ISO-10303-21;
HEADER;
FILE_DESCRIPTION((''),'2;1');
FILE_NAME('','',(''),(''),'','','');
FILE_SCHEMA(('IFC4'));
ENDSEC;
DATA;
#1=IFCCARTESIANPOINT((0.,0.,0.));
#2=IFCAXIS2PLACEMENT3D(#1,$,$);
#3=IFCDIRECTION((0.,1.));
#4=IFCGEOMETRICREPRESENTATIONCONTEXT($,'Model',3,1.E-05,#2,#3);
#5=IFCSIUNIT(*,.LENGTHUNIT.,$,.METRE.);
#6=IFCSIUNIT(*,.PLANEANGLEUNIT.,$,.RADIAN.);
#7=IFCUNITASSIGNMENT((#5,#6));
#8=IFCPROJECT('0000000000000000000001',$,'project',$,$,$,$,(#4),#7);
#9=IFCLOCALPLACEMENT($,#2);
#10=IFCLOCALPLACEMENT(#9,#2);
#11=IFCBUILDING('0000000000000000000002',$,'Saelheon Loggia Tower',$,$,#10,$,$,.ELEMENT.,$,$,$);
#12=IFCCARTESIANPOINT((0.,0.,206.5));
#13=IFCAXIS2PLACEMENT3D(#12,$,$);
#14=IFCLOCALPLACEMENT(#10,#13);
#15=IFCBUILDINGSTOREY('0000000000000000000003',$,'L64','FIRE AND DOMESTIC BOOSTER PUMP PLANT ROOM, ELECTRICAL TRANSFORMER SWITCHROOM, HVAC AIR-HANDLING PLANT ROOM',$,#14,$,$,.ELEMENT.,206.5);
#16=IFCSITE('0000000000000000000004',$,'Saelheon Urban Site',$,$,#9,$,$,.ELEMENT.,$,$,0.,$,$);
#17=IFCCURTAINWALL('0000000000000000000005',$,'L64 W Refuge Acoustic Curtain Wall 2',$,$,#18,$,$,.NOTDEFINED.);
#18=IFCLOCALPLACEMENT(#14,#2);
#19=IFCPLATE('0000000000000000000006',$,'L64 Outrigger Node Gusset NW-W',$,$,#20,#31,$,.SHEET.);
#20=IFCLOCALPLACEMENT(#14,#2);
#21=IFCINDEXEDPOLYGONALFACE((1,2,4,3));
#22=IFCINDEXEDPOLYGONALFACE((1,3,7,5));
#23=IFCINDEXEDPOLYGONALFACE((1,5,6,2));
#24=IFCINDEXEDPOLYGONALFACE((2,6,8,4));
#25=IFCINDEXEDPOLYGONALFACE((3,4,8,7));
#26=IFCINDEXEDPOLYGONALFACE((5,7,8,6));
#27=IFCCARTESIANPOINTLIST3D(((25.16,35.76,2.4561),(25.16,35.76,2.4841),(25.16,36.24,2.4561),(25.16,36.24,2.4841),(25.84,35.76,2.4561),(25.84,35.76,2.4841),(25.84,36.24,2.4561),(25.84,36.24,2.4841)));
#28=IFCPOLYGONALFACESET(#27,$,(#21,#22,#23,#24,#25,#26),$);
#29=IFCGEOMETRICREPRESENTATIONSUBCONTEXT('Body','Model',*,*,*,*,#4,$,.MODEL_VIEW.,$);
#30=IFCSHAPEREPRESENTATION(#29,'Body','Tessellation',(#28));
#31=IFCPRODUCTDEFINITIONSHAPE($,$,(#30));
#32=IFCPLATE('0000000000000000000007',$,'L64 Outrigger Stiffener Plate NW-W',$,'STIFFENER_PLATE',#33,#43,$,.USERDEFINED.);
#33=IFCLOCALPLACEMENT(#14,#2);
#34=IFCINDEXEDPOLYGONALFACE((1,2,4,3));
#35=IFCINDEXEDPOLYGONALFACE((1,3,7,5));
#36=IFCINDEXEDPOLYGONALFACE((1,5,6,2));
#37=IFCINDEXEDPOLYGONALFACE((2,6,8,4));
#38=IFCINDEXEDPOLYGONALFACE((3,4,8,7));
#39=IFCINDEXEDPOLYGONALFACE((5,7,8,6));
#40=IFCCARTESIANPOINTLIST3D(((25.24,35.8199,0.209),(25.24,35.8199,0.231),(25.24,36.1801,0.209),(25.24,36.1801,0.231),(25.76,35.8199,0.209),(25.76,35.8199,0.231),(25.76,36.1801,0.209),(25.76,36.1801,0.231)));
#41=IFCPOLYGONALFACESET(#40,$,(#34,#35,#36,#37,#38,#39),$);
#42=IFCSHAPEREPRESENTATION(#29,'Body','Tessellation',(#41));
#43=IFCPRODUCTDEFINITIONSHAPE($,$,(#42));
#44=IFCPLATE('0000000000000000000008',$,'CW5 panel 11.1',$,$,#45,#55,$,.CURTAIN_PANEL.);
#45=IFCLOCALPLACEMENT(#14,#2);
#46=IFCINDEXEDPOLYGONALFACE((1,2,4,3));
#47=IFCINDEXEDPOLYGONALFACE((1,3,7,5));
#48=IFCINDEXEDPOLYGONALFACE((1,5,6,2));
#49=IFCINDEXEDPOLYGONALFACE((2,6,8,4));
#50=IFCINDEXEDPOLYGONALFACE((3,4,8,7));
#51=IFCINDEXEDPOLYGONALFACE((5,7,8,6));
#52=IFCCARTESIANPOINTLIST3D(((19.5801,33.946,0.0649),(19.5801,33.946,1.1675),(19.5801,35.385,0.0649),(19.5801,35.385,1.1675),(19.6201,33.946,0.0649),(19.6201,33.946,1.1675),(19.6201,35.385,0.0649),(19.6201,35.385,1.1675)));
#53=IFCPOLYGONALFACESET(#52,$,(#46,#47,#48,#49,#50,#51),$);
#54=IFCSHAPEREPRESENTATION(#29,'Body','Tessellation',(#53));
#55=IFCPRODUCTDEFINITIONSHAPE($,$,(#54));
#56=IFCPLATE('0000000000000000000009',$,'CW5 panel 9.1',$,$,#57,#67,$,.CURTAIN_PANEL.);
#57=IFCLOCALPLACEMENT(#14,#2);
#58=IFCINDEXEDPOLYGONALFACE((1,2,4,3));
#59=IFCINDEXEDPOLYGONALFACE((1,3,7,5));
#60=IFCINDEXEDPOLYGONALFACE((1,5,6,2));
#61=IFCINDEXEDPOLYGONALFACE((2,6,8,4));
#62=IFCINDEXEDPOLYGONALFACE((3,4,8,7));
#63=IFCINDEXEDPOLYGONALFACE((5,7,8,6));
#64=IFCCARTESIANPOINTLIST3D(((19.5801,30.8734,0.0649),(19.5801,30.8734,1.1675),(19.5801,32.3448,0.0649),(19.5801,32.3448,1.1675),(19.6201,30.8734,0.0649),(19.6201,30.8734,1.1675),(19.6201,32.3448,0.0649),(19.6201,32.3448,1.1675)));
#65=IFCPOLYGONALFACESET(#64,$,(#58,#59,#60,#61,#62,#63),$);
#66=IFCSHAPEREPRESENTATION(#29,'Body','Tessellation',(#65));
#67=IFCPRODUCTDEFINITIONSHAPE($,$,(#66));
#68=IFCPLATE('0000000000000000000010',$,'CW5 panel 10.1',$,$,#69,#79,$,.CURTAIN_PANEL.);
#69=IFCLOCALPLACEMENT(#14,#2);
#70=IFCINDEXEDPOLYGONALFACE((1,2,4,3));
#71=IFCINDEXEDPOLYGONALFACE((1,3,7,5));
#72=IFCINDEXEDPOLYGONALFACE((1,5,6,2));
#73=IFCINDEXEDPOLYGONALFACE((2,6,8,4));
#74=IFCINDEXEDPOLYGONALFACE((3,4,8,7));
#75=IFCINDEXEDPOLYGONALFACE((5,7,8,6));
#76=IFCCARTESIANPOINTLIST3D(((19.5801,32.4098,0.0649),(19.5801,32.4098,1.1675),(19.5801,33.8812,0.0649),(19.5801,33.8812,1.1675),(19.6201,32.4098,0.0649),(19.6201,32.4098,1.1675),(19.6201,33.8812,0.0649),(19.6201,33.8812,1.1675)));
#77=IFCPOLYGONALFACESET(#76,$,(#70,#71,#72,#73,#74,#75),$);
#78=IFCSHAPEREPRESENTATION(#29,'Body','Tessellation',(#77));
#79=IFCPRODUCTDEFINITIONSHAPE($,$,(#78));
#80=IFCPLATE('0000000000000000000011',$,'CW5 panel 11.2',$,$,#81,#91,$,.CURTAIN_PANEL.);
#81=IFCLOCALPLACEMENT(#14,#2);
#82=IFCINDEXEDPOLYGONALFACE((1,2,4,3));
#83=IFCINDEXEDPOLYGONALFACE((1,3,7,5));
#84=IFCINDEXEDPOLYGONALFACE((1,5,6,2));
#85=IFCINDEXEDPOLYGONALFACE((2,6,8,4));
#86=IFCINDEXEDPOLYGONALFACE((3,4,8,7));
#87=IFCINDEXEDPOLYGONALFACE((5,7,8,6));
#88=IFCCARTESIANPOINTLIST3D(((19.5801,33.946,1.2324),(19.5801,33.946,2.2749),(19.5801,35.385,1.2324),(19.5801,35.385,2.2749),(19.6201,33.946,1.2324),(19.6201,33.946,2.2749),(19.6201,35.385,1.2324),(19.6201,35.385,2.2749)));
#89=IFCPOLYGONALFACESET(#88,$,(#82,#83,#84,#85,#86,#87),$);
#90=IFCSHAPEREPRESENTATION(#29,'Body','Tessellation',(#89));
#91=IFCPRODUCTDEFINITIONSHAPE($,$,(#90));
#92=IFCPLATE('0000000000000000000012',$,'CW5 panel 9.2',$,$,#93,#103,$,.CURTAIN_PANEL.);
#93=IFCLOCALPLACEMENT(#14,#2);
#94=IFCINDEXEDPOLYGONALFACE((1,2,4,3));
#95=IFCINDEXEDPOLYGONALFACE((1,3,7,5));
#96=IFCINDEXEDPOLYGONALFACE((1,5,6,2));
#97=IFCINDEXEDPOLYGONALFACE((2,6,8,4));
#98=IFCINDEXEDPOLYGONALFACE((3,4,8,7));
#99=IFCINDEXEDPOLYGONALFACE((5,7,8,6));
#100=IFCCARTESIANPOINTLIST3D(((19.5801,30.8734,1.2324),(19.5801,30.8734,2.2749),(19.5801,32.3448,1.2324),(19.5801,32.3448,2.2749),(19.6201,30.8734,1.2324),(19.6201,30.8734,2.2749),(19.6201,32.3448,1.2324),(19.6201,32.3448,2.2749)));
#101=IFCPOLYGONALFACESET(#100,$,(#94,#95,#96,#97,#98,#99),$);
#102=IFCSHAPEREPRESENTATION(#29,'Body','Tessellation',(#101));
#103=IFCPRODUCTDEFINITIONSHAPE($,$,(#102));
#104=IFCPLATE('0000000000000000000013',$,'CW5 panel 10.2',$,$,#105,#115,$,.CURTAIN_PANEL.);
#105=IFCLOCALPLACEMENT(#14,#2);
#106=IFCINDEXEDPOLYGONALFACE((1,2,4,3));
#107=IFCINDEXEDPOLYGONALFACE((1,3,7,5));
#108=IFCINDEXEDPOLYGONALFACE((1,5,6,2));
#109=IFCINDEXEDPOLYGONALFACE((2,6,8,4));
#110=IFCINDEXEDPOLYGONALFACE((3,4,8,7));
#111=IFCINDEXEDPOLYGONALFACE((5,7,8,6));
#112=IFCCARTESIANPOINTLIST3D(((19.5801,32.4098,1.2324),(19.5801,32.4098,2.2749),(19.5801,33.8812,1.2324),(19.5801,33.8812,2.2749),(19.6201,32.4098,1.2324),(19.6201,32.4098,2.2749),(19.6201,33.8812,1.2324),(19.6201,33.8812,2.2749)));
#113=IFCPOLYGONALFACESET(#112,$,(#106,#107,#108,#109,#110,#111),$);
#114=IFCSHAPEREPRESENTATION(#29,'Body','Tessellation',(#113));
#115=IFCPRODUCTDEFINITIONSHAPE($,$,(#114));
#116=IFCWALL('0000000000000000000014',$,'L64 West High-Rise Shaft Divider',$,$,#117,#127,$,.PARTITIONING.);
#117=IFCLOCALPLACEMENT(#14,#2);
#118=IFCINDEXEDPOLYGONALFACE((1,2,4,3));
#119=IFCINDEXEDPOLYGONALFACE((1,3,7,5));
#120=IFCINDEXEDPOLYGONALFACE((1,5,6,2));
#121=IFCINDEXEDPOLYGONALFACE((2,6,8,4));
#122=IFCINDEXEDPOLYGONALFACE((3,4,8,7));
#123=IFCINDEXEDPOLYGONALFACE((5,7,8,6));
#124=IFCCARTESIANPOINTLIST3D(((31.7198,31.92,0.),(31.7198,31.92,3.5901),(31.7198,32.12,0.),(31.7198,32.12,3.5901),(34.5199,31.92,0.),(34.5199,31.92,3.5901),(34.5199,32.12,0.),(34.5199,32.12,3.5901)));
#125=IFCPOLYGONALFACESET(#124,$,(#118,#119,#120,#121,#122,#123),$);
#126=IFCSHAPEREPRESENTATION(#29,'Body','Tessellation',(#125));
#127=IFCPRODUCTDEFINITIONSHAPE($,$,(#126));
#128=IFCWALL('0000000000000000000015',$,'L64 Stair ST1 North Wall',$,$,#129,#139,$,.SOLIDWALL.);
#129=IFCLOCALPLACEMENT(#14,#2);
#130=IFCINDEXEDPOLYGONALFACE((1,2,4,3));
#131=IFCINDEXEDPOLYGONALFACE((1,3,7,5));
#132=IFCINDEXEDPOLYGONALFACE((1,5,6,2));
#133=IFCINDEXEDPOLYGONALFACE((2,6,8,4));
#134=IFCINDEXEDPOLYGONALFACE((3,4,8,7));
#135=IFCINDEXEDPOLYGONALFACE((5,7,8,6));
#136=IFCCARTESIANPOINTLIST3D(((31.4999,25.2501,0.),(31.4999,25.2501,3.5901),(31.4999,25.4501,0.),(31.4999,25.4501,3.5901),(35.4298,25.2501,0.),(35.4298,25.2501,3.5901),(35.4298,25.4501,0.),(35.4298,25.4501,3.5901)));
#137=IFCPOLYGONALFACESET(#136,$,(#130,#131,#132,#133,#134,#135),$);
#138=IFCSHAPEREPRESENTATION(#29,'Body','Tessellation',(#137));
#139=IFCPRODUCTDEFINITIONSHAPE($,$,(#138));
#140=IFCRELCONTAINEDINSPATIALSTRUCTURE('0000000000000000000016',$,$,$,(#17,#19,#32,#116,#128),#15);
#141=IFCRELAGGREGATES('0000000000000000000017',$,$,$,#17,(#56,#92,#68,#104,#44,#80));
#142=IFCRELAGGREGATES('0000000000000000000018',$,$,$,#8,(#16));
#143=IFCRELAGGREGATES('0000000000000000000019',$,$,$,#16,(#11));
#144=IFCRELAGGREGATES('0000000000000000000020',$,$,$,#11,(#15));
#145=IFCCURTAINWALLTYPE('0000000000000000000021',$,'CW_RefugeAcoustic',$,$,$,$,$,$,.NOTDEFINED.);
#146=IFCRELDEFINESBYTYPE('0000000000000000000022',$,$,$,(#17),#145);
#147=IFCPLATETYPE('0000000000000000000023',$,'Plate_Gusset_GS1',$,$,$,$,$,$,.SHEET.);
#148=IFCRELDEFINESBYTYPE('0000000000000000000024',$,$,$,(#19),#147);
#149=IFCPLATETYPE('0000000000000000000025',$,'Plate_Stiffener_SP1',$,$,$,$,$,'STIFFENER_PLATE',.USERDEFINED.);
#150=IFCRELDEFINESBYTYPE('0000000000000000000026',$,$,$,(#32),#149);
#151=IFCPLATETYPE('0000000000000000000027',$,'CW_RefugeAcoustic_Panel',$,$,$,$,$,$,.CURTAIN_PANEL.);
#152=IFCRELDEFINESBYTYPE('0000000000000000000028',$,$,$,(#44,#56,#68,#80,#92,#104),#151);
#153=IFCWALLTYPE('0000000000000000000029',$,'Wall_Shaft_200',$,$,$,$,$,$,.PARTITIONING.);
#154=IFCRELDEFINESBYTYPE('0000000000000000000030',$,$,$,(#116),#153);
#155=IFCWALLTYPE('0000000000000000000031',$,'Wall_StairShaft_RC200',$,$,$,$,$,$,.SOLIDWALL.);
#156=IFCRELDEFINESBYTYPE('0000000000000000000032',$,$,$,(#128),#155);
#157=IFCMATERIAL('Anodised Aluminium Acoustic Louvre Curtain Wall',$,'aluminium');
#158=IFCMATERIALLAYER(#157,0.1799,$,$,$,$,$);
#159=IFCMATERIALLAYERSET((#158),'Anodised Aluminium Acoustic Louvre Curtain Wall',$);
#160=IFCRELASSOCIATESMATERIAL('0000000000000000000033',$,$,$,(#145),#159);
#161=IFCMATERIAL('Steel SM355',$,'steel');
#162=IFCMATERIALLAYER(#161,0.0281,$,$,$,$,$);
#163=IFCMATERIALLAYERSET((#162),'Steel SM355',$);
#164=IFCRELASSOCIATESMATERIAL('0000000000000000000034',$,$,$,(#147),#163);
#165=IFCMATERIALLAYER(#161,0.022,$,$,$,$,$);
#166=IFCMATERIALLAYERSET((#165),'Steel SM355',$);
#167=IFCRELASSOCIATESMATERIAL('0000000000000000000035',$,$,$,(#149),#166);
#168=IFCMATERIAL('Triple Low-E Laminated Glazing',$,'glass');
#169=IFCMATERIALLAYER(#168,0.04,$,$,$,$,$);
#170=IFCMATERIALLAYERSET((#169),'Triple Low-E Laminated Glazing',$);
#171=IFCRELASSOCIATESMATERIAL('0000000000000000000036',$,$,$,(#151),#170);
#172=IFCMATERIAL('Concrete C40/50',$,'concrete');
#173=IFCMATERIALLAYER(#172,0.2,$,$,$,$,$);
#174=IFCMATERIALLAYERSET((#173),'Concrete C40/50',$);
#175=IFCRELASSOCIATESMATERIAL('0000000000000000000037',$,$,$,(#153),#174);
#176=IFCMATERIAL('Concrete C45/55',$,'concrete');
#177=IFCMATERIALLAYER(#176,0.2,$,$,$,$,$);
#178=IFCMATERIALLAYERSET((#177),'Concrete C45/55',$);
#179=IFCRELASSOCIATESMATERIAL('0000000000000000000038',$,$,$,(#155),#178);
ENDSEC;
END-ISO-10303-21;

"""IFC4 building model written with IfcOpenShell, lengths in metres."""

from ifc_helpers import new_model, si_unit, direction, frame, frame_2d, origin, origin_2d, place, context, subcontext, project, spatial, rectangle, extrude, source, transform, mapped, material, layer, layer_set, type_object, element, aggregate, save


model = new_model("IFC4")

# Units and contexts
model_context = context("Model", 3, precision=1e-05, world=origin(), true_north=direction((0.0, 1.0)))
body_context = subcontext(model_context, "Body", "Model", "MODEL_VIEW")
ifc_project = project(units=[si_unit("LENGTHUNIT", "METRE"), si_unit("PLANEANGLEUNIT", "RADIAN")], contexts=[model_context])

# Site, building, storey
site_placement = place(None, origin())
site = spatial("IfcSite", under=ifc_project, at=site_placement, Name="Saelheon Urban Site", CompositionType="ELEMENT", RefElevation=0.0)
building_placement = place(site_placement, origin())
building = spatial("IfcBuilding", under=site, at=building_placement, Name="Saelheon Loggia Tower", CompositionType="ELEMENT")
storey_placement = place(building_placement, frame((0.0, 0.0, 206.5)))
storey = spatial("IfcBuildingStorey", under=building, at=storey_placement, Name="L64", Description="FIRE AND DOMESTIC BOOSTER PUMP PLANT ROOM, ELECTRICAL TRANSFORMER SWITCHROOM, HVAC AIR-HANDLING PLANT ROOM", CompositionType="ELEMENT", Elevation=206.5)

# Shared definitions
ifc_material_1 = material(Name="Steel SM355", Category="steel")

# Curtain wall
ifc_material_2 = material(Name="Anodised Aluminium Acoustic Louvre Curtain Wall", Category="aluminium")
ifc_layer_1 = layer(ifc_material_2, 0.1799)
ifc_layer_set_1 = layer_set([ifc_layer_1], Name="Anodised Aluminium Acoustic Louvre Curtain Wall")
curtain_wall_type = type_object("IfcCurtainWallType", Name="CW_RefugeAcoustic", PredefinedType="NOTDEFINED", material=ifc_layer_set_1)
curtain_wall_placement = place(storey_placement, origin())
curtain_wall = element("IfcCurtainWall", 1, at=curtain_wall_placement, inside=storey, type_object=curtain_wall_type, Name="L64 W Refuge Acoustic Curtain Wall 2", PredefinedType="NOTDEFINED")

# Plates
ifc_layer_2 = layer(ifc_material_1, 0.0281)
ifc_layer_set_2 = layer_set([ifc_layer_2], Name="Steel SM355")
plate_type_1 = type_object("IfcPlateType", Name="Plate_Gusset_GS1", PredefinedType="SHEET", material=ifc_layer_set_2)
shared_shape_1 = source(origin(), body_context, "Body", "SweptSolid", [
    extrude(rectangle(XDim=0.6799, YDim=0.48, at=origin_2d()), origin(), (0.0, 0.0, 1.0), 0.0281),
])
plate_1_placement = place(storey_placement, frame((25.5, 36.0, 2.4561), z_axis=(0.0, 0.0, 1.0), x_axis=(1.0, 0.0, 0.0)))
element("IfcPlate", 2, at=plate_1_placement, inside=storey, type_object=plate_type_1, Name="L64 Outrigger Node Gusset NW-W", PredefinedType="SHEET", context=body_context, shape_type="MappedRepresentation", body=[
    mapped(shared_shape_1, transform((0.0, 0.0, 0.0), scale=1.0)),
])
ifc_layer_3 = layer(ifc_material_1, 0.022)
ifc_layer_set_3 = layer_set([ifc_layer_3], Name="Steel SM355")
plate_type_2 = type_object("IfcPlateType", Name="Plate_Stiffener_SP1", ElementType="STIFFENER_PLATE", PredefinedType="USERDEFINED", material=ifc_layer_set_3)
shared_shape_2 = source(origin(), body_context, "Body", "SweptSolid", [
    extrude(rectangle(XDim=0.52, YDim=0.3601, at=origin_2d()), origin(), (0.0, 0.0, 1.0), 0.022),
])
plate_2_placement = place(storey_placement, frame((25.5, 36.0, 0.209), z_axis=(0.0, 0.0, 1.0), x_axis=(1.0, 0.0, 0.0)))
element("IfcPlate", 3, at=plate_2_placement, inside=storey, type_object=plate_type_2, Name="L64 Outrigger Stiffener Plate NW-W", ObjectType="STIFFENER_PLATE", PredefinedType="USERDEFINED", context=body_context, shape_type="MappedRepresentation", body=[
    mapped(shared_shape_2, transform((0.0, 0.0, 0.0), scale=1.0)),
])

# Plates
ifc_material_3 = material(Name="Triple Low-E Laminated Glazing", Category="glass")
ifc_layer_4 = layer(ifc_material_3, 0.04)
ifc_layer_set_4 = layer_set([ifc_layer_4], Name="Triple Low-E Laminated Glazing")
plate_type_3 = type_object("IfcPlateType", Name="CW_RefugeAcoustic_Panel", PredefinedType="CURTAIN_PANEL", material=ifc_layer_set_4)
shared_shape_3 = source(origin(), body_context, "Body", "SweptSolid", [
    extrude(rectangle(XDim=1.439, YDim=0.04, at=origin_2d()), origin(), (0.0, 0.0, 1.0), 1.1025),
])
plate_3_placement = place(storey_placement, frame((19.6001, 34.6655, 0.0649), z_axis=(0.0, 0.0, 1.0), x_axis=(0.0, 1.0, 0.0)))
plate_3 = element("IfcPlate", 4, at=plate_3_placement, type_object=plate_type_3, Name="CW5 panel 11.1", PredefinedType="CURTAIN_PANEL", context=body_context, shape_type="MappedRepresentation", body=[
    mapped(shared_shape_3, transform((0.0, 0.0, 0.0), scale=1.0)),
])
shared_shape_4 = source(origin(), body_context, "Body", "SweptSolid", [
    extrude(rectangle(XDim=1.4714, YDim=0.04, at=origin_2d()), origin(), (0.0, 0.0, 1.0), 1.1025),
])
plate_4_placement = place(storey_placement, frame((19.6001, 31.6091, 0.0649), z_axis=(0.0, 0.0, 1.0), x_axis=(0.0, 1.0, 0.0)))
plate_4 = element("IfcPlate", 5, at=plate_4_placement, type_object=plate_type_3, Name="CW5 panel 9.1", PredefinedType="CURTAIN_PANEL", context=body_context, shape_type="MappedRepresentation", body=[
    mapped(shared_shape_4, transform((0.0, 0.0, 0.0), scale=1.0)),
])
plate_5_placement = place(storey_placement, frame((19.6001, 33.1455, 0.0649), z_axis=(0.0, 0.0, 1.0), x_axis=(0.0, 1.0, 0.0)))
plate_5 = element("IfcPlate", 6, at=plate_5_placement, type_object=plate_type_3, Name="CW5 panel 10.1", PredefinedType="CURTAIN_PANEL", context=body_context, shape_type="MappedRepresentation", body=[
    mapped(shared_shape_4, transform((0.0, 0.0, 0.0), scale=1.0)),
])
shared_shape_5 = source(origin(), body_context, "Body", "SweptSolid", [
    extrude(rectangle(XDim=1.439, YDim=0.04, at=origin_2d()), origin(), (0.0, 0.0, 1.0), 1.0425),
])
plate_6_placement = place(storey_placement, frame((19.6001, 34.6655, 1.2324), z_axis=(0.0, 0.0, 1.0), x_axis=(0.0, 1.0, 0.0)))
plate_6 = element("IfcPlate", 7, at=plate_6_placement, type_object=plate_type_3, Name="CW5 panel 11.2", PredefinedType="CURTAIN_PANEL", context=body_context, shape_type="MappedRepresentation", body=[
    mapped(shared_shape_5, transform((0.0, 0.0, 0.0), scale=1.0)),
])
shared_shape_6 = source(origin(), body_context, "Body", "SweptSolid", [
    extrude(rectangle(XDim=1.4714, YDim=0.04, at=origin_2d()), origin(), (0.0, 0.0, 1.0), 1.0425),
])
plate_7_placement = place(storey_placement, frame((19.6001, 31.6091, 1.2324), z_axis=(0.0, 0.0, 1.0), x_axis=(0.0, 1.0, 0.0)))
plate_7 = element("IfcPlate", 8, at=plate_7_placement, type_object=plate_type_3, Name="CW5 panel 9.2", PredefinedType="CURTAIN_PANEL", context=body_context, shape_type="MappedRepresentation", body=[
    mapped(shared_shape_6, transform((0.0, 0.0, 0.0), scale=1.0)),
])
plate_8_placement = place(storey_placement, frame((19.6001, 33.1455, 1.2324), z_axis=(0.0, 0.0, 1.0), x_axis=(0.0, 1.0, 0.0)))
plate_8 = element("IfcPlate", 9, at=plate_8_placement, type_object=plate_type_3, Name="CW5 panel 10.2", PredefinedType="CURTAIN_PANEL", context=body_context, shape_type="MappedRepresentation", body=[
    mapped(shared_shape_6, transform((0.0, 0.0, 0.0), scale=1.0)),
])
aggregate(curtain_wall, [plate_4, plate_7, plate_5, plate_8, plate_3, plate_6])

# Walls
ifc_material_4 = material(Name="Concrete C40/50", Category="concrete")
ifc_layer_5 = layer(ifc_material_4, 0.2)
ifc_layer_set_5 = layer_set([ifc_layer_5], Name="Concrete C40/50")
wall_type_1 = type_object("IfcWallType", Name="Wall_Shaft_200", PredefinedType="PARTITIONING", material=ifc_layer_set_5)
wall_1_placement = place(storey_placement, frame((31.72, 32.02, 0.0), z_axis=(0.0, 0.0, 1.0), x_axis=(1.0, 0.0, 0.0)))
element("IfcWall", 10, at=wall_1_placement, inside=storey, type_object=wall_type_1, Name="L64 West High-Rise Shaft Divider", PredefinedType="PARTITIONING", context=body_context, shape_type="SweptSolid", body=[
    extrude(rectangle(XDim=2.8, YDim=0.2, at=frame_2d((1.3999, 0.0))), origin(), (0.0, 0.0, 1.0), 3.5901),
])
ifc_material_5 = material(Name="Concrete C45/55", Category="concrete")
ifc_layer_6 = layer(ifc_material_5, 0.2)
ifc_layer_set_6 = layer_set([ifc_layer_6], Name="Concrete C45/55")
wall_type_2 = type_object("IfcWallType", Name="Wall_StairShaft_RC200", PredefinedType="SOLIDWALL", material=ifc_layer_set_6)
wall_2_placement = place(storey_placement, frame((31.5, 25.3501, 0.0), z_axis=(0.0, 0.0, 1.0), x_axis=(1.0, 0.0, 0.0)))
element("IfcWall", 11, at=wall_2_placement, inside=storey, type_object=wall_type_2, Name="L64 Stair ST1 North Wall", PredefinedType="SOLIDWALL", context=body_context, shape_type="SweptSolid", body=[
    extrude(rectangle(XDim=3.9299, YDim=0.2, at=frame_2d((1.9648, 0.0))), origin(), (0.0, 0.0, 1.0), 3.5901),
])

save(model, "model.ifc")
